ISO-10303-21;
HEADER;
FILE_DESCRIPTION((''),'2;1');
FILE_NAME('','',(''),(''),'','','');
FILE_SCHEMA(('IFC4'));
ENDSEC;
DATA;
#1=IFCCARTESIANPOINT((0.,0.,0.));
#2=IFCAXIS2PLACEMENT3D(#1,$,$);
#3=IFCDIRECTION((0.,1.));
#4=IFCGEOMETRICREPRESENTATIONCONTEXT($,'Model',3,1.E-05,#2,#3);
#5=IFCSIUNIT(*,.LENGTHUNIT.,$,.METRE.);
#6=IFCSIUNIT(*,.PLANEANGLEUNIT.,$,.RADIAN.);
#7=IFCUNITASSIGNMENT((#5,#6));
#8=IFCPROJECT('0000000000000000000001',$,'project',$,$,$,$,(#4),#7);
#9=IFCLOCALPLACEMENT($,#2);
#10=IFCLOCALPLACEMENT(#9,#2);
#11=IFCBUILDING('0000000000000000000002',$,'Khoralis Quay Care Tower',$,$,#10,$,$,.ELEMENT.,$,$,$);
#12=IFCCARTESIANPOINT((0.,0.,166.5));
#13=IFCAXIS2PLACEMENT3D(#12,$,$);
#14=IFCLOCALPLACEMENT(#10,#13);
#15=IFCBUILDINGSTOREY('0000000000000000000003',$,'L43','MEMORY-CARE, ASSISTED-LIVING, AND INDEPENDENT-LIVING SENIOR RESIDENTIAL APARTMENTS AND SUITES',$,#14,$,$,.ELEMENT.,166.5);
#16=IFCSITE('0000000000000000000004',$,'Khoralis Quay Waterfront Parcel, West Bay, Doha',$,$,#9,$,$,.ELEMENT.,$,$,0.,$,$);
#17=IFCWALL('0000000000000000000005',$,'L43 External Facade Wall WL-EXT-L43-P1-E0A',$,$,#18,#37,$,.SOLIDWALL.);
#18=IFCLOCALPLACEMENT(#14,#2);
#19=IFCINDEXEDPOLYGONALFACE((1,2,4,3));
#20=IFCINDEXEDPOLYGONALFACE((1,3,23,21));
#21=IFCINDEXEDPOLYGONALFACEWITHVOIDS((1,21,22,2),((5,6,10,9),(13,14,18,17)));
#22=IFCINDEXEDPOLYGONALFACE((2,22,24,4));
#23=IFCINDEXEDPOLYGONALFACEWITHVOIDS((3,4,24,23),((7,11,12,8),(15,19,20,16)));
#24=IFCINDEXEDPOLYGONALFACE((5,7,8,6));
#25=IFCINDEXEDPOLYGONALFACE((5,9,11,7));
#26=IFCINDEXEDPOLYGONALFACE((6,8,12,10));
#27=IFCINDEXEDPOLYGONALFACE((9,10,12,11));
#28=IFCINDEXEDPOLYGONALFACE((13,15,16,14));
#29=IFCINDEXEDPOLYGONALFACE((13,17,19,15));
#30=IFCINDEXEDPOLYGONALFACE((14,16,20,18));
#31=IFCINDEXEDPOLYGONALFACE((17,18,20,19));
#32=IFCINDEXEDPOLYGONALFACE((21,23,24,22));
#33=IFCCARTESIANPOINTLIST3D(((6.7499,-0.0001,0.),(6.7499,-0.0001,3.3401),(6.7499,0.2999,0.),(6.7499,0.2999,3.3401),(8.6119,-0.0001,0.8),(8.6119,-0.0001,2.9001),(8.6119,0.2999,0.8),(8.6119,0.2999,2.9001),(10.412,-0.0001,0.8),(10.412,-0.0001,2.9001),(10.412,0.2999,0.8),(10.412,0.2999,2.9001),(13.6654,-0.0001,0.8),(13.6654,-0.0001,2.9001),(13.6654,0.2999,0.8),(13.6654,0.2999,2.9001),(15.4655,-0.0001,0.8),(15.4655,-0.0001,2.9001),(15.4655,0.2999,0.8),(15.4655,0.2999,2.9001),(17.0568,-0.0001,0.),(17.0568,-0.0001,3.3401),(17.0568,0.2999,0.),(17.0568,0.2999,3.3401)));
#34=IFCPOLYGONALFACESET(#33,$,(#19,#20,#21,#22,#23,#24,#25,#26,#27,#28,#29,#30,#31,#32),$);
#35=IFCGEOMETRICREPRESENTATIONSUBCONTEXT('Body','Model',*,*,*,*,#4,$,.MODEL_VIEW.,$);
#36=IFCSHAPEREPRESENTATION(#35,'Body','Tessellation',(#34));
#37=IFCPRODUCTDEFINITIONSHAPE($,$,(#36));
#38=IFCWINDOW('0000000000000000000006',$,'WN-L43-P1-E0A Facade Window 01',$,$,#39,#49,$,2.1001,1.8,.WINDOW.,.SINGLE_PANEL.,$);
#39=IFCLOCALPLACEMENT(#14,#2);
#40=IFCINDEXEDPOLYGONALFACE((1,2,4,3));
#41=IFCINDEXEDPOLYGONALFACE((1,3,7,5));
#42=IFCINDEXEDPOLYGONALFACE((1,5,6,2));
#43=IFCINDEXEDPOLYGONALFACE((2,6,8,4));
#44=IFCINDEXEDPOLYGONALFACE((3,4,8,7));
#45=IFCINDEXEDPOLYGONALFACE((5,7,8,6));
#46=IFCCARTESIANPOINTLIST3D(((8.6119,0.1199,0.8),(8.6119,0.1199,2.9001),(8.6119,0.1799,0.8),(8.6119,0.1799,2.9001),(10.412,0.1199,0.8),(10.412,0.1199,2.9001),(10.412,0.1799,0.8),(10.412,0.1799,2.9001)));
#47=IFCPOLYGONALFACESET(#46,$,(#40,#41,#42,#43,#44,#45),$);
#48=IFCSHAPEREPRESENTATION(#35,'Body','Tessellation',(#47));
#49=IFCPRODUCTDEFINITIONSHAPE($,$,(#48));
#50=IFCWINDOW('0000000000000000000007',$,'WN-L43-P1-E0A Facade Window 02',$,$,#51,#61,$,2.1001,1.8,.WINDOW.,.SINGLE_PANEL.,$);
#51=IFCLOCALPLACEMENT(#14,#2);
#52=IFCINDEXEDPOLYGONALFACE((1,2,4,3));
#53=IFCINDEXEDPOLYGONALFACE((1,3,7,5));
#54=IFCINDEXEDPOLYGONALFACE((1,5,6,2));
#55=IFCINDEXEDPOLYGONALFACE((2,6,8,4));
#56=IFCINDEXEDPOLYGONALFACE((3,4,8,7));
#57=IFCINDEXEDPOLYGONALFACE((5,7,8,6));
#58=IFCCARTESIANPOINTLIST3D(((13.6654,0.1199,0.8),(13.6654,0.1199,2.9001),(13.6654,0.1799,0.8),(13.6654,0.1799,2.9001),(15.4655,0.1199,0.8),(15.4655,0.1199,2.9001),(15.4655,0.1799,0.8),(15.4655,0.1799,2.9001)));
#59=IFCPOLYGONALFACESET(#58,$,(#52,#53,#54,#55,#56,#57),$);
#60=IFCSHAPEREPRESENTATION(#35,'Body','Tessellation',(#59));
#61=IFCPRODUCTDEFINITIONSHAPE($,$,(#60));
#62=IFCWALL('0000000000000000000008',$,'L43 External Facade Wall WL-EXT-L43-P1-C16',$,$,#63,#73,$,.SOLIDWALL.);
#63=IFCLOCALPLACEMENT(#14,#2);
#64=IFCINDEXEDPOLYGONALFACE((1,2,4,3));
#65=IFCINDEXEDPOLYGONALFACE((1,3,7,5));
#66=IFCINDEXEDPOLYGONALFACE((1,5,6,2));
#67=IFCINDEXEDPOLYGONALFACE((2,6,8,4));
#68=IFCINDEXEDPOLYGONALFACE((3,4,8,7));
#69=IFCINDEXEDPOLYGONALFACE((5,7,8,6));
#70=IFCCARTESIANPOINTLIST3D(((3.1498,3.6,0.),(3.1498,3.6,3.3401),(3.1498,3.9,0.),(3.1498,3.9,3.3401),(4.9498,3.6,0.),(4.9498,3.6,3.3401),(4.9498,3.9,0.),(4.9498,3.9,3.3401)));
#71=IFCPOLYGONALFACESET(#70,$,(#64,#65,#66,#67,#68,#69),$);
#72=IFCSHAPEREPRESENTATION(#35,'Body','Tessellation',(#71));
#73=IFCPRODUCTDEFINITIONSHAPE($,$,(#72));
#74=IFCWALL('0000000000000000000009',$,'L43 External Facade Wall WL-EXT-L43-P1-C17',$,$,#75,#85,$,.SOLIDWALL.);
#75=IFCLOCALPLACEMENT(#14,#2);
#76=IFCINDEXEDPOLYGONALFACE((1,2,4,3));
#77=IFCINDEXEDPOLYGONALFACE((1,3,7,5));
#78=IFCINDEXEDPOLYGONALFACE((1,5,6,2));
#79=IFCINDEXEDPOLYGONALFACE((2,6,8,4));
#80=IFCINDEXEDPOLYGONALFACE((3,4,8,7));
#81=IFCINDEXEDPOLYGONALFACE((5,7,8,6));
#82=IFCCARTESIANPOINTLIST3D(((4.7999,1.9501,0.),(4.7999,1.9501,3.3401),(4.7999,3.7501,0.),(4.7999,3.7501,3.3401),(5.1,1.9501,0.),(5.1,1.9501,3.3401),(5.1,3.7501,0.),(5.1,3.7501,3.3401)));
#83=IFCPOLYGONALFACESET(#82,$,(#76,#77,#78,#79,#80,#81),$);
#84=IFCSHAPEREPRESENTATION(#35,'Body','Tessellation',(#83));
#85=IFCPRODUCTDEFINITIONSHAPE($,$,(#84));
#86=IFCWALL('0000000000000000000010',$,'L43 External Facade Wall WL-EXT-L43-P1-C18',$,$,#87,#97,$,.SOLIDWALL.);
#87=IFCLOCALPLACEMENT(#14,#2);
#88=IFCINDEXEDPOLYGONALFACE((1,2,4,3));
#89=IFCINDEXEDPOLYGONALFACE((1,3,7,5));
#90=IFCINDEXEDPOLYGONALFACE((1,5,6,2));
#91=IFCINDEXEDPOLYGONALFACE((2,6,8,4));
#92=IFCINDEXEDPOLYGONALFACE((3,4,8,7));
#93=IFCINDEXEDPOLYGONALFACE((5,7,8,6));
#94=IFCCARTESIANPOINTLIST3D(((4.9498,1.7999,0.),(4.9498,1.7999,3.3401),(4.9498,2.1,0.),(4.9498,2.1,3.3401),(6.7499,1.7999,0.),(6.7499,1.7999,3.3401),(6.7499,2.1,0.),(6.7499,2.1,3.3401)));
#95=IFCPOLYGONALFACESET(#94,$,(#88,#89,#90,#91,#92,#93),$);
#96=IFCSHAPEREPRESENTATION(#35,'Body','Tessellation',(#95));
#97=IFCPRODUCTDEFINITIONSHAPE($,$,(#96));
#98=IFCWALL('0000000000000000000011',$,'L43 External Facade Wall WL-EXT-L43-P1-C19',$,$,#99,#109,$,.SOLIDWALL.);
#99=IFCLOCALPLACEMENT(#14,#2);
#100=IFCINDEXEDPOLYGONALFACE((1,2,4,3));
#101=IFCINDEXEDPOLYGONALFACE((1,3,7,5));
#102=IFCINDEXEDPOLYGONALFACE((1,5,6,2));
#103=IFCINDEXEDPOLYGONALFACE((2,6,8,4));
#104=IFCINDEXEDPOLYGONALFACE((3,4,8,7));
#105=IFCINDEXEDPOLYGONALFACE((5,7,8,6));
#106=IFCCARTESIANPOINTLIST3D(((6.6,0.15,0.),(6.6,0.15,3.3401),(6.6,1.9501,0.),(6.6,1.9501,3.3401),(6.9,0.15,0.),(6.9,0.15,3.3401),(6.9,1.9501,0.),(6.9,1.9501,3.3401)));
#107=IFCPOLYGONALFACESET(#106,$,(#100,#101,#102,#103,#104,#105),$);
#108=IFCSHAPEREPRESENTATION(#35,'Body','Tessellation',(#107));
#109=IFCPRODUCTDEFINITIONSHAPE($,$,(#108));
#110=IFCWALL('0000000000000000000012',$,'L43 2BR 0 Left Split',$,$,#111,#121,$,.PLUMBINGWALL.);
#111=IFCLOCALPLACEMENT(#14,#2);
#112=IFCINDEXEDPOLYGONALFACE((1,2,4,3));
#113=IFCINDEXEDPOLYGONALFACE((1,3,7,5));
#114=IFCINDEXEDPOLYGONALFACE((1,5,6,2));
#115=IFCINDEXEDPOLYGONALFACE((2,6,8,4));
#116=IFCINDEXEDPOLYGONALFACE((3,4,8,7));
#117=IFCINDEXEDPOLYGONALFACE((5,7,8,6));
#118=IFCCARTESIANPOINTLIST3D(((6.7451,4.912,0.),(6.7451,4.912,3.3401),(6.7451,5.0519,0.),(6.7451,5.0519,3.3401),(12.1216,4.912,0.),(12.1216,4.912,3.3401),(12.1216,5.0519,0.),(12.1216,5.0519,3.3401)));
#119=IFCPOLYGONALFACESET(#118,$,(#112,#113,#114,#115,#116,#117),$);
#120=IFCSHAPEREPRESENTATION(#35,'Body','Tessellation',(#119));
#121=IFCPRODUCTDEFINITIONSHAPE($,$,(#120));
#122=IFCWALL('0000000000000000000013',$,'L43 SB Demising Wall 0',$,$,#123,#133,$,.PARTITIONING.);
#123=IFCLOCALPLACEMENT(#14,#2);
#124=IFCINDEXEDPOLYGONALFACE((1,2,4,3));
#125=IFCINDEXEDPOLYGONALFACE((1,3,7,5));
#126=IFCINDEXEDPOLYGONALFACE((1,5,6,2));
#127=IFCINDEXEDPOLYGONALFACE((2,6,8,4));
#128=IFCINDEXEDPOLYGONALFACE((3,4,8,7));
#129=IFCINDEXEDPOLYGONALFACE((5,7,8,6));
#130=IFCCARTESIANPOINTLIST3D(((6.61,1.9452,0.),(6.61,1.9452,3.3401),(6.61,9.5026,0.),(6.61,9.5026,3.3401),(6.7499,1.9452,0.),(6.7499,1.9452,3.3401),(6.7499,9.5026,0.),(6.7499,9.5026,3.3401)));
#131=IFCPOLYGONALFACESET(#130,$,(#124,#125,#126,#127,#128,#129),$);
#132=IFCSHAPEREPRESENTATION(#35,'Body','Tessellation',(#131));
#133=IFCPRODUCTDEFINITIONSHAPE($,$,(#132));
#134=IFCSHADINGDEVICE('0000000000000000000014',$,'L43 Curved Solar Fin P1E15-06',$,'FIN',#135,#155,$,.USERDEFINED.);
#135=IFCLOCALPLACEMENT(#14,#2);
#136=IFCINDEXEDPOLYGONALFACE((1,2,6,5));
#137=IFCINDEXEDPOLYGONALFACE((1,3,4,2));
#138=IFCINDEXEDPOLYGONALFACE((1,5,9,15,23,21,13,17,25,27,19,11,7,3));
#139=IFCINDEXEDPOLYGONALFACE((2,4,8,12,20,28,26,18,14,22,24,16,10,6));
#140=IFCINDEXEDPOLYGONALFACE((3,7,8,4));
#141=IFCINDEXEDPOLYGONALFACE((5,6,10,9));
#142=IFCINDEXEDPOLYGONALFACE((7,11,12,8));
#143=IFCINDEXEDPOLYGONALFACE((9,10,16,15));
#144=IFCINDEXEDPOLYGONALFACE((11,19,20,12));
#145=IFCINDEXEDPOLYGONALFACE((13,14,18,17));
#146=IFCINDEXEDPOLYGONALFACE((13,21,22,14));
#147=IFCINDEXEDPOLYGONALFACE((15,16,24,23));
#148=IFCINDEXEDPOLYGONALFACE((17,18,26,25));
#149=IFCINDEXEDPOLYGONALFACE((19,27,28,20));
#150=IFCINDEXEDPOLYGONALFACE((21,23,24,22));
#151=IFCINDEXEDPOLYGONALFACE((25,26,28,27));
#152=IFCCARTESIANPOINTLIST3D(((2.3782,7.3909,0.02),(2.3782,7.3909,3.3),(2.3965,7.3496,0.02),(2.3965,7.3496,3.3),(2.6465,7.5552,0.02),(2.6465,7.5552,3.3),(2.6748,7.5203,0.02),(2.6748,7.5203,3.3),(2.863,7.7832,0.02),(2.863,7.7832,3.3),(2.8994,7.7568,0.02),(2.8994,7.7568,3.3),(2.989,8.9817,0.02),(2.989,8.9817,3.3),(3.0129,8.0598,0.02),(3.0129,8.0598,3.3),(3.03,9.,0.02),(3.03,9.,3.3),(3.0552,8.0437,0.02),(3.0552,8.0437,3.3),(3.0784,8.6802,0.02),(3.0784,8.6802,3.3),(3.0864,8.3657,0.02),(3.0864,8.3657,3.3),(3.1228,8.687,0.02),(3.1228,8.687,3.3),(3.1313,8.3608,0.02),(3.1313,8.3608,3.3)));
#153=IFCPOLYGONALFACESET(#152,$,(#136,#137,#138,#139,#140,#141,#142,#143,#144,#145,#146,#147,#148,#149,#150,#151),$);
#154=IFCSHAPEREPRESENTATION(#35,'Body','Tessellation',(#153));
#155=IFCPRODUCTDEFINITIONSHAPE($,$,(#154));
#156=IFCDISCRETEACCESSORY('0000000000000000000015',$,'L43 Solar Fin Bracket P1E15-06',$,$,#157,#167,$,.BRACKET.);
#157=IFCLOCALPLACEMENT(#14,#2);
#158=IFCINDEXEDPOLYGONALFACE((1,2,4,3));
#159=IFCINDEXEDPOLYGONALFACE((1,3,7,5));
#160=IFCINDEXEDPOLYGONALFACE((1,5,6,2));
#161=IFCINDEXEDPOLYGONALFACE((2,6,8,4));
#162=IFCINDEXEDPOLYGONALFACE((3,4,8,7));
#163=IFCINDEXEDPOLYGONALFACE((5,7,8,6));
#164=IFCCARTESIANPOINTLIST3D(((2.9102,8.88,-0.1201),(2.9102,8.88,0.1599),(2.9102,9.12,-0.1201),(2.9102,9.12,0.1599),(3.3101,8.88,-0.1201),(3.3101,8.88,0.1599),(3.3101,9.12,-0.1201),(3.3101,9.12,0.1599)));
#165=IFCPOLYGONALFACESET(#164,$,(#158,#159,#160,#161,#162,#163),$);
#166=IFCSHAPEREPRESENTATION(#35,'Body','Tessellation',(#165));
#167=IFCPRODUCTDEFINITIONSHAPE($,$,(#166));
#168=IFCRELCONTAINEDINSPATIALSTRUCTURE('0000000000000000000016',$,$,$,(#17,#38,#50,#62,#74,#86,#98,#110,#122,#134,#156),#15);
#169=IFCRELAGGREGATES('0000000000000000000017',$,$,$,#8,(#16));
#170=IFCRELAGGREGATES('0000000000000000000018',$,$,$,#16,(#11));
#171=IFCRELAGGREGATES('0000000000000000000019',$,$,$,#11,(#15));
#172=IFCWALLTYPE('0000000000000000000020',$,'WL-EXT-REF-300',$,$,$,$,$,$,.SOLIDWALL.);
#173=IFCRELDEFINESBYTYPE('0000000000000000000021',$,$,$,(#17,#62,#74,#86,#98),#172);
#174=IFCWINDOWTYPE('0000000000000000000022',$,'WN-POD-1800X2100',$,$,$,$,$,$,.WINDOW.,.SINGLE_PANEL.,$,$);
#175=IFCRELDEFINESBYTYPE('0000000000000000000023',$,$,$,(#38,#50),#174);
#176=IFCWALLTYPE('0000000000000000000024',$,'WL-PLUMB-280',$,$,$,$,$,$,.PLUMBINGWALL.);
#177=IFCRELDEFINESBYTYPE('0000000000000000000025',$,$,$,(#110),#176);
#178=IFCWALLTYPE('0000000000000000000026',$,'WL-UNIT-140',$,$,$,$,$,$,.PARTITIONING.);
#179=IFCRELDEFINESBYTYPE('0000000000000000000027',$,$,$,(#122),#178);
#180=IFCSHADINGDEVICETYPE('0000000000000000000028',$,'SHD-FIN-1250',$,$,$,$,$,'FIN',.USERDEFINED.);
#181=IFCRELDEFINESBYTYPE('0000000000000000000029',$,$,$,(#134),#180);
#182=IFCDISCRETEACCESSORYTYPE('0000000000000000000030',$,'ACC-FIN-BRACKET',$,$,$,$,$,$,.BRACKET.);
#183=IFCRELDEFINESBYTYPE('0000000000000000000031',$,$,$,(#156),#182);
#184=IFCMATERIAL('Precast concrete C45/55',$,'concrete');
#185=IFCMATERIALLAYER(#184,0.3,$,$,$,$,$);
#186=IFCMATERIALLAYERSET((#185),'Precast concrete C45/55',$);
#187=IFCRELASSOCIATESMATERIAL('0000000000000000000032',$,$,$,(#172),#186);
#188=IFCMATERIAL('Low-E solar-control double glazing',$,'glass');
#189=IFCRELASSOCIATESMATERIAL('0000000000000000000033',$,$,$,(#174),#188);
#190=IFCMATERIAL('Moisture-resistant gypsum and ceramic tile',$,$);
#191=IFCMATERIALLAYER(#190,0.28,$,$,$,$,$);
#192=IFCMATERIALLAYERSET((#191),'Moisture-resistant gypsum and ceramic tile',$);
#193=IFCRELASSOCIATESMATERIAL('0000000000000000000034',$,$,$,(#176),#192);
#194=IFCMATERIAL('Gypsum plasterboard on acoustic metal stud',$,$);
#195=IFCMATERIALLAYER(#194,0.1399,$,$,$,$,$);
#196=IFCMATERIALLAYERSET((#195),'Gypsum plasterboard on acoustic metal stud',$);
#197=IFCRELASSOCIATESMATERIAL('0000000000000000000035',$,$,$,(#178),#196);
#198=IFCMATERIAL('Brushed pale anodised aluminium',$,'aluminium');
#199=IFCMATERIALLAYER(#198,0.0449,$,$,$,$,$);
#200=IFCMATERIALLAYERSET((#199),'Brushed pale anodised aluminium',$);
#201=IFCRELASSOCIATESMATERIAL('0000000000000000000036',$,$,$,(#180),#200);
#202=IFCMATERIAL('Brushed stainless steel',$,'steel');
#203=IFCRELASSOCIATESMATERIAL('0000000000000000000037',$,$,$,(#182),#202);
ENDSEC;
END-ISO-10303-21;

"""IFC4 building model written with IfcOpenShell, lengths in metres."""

from ifc_helpers import new_model, si_unit, direction, frame, frame_2d, origin, origin_2d, place, context, subcontext, project, spatial, polyline, rectangle, outline, extrude, source, transform, mapped, material, layer, layer_set, type_object, element, fill, save


model = new_model("IFC4")

# Units and contexts
model_context = context("Model", 3, precision=1e-05, world=origin(), true_north=direction((0.0, 1.0)))
body_context = subcontext(model_context, "Body", "Model", "MODEL_VIEW")
ifc_project = project(units=[si_unit("LENGTHUNIT", "METRE"), si_unit("PLANEANGLEUNIT", "RADIAN")], contexts=[model_context])

# Site, building, storey
site_placement = place(None, origin())
site = spatial("IfcSite", under=ifc_project, at=site_placement, Name="Khoralis Quay Waterfront Parcel, West Bay, Doha", CompositionType="ELEMENT", RefElevation=0.0)
building_placement = place(site_placement, origin())
building = spatial("IfcBuilding", under=site, at=building_placement, Name="Khoralis Quay Care Tower", CompositionType="ELEMENT")
storey_placement = place(building_placement, frame((0.0, 0.0, 166.5)))
storey = spatial("IfcBuildingStorey", under=building, at=storey_placement, Name="L43", Description="MEMORY-CARE, ASSISTED-LIVING, AND INDEPENDENT-LIVING SENIOR RESIDENTIAL APARTMENTS AND SUITES", CompositionType="ELEMENT", Elevation=166.5)

# Shared definitions
ifc_material_1 = material(Name="Precast concrete C45/55", Category="concrete")

# Shared definitions
ifc_material_2 = material(Name="Gypsum plasterboard on acoustic metal stud")

# Wall, openings, windows
ifc_layer_1 = layer(ifc_material_1, 0.3)
ifc_layer_set_1 = layer_set([ifc_layer_1], Name="Precast concrete C45/55")
wall_type_1 = type_object("IfcWallType", Name="WL-EXT-REF-300", PredefinedType="SOLIDWALL", material=ifc_layer_set_1)
wall_1_placement = place(storey_placement, frame((6.75, 0.1499, 0.0), z_axis=(0.0, 0.0, 1.0), x_axis=(1.0, 0.0, 0.0)))
wall_1 = element("IfcWall", 1, at=wall_1_placement, inside=storey, type_object=wall_type_1, Name="L43 External Facade Wall WL-EXT-L43-P1-E0A", PredefinedType="SOLIDWALL", context=body_context, shape_type="SweptSolid", body=[
    extrude(rectangle(XDim=10.3069, YDim=0.3, at=frame_2d((5.1533, 0.0))), origin(), (0.0, 0.0, 1.0), 3.3401),
])
opening_1_placement = place(wall_1_placement, frame((1.8621, 0.0, 0.8)))
opening_1 = element("IfcOpeningElement", 2, at=opening_1_placement, cuts=wall_1, PredefinedType="OPENING", context=body_context, shape_type="SweptSolid", body=[
    extrude(rectangle(XDim=1.8, YDim=2.1001, at=frame_2d((0.8999, 1.05))), frame((0.0, 0.1602, 0.0), z_axis=(0.0, -1.0, 0.0), x_axis=(1.0, 0.0, 0.0)), (0.0, 0.0, 1.0), 0.3201),
])
opening_2_placement = place(wall_1_placement, frame((6.9155, 0.0, 0.8)))
opening_2 = element("IfcOpeningElement", 3, at=opening_2_placement, cuts=wall_1, PredefinedType="OPENING", context=body_context, shape_type="SweptSolid", body=[
    extrude(rectangle(XDim=1.8, YDim=2.1001, at=frame_2d((0.8999, 1.05))), frame((0.0, 0.1602, 0.0), z_axis=(0.0, -1.0, 0.0), x_axis=(1.0, 0.0, 0.0)), (0.0, 0.0, 1.0), 0.3201),
])
ifc_material_3 = material(Name="Low-E solar-control double glazing", Category="glass")
window_type = type_object("IfcWindowType", Name="WN-POD-1800X2100", PartitioningType="SINGLE_PANEL", PredefinedType="WINDOW", material=ifc_material_3)
shared_shape_1 = source(origin(), body_context, "Body", "SweptSolid", [
    extrude(rectangle(XDim=1.8, YDim=2.1001, at=frame_2d((0.8999, 1.05))), frame((0.0, 0.03, 0.0), z_axis=(0.0, -1.0, 0.0), x_axis=(1.0, 0.0, 0.0)), (0.0, 0.0, 1.0), 0.0601),
])
window_1_placement = place(opening_1_placement, origin())
window_1 = element("IfcWindow", 4, at=window_1_placement, inside=storey, type_object=window_type, Name="WN-L43-P1-E0A Facade Window 01", OverallHeight=2.1001, OverallWidth=1.8, PartitioningType="SINGLE_PANEL", PredefinedType="WINDOW", context=body_context, shape_type="MappedRepresentation", body=[
    mapped(shared_shape_1, transform((0.0, 0.0, 0.0), scale=1.0)),
])
fill(opening_1, window_1)
window_2_placement = place(opening_2_placement, origin())
window_2 = element("IfcWindow", 5, at=window_2_placement, inside=storey, type_object=window_type, Name="WN-L43-P1-E0A Facade Window 02", OverallHeight=2.1001, OverallWidth=1.8, PartitioningType="SINGLE_PANEL", PredefinedType="WINDOW", context=body_context, shape_type="MappedRepresentation", body=[
    mapped(shared_shape_1, transform((0.0, 0.0, 0.0), scale=1.0)),
])
fill(opening_2, window_2)

# Walls
for number, where, z_axis, x_axis, name in (
    (6, (3.1499, 3.75, 0.0), (0.0, 0.0, 1.0), (1.0, 0.0, 0.0), "L43 External Facade Wall WL-EXT-L43-P1-C16"),
    (7, (4.95, 3.75, 0.0), (0.0, 0.0, 1.0), (0.0, -1.0, 0.0), "L43 External Facade Wall WL-EXT-L43-P1-C17"),
    (8, (4.95, 1.95, 0.0), (0.0, 0.0, 1.0), (1.0, 0.0, 0.0), "L43 External Facade Wall WL-EXT-L43-P1-C18"),
    (9, (6.75, 1.95, 0.0), (0.0, 0.0, 1.0), (0.0, -1.0, 0.0), "L43 External Facade Wall WL-EXT-L43-P1-C19"),
):
    element("IfcWall", number, at=place(storey_placement, frame(where, z_axis=z_axis, x_axis=x_axis)), inside=storey, type_object=wall_type_1, Name=name, PredefinedType="SOLIDWALL", context=body_context, shape_type="SweptSolid", body=[
        extrude(rectangle(XDim=1.8, YDim=0.3, at=frame_2d((0.8999, 0.0))), origin(), (0.0, 0.0, 1.0), 3.3401),
    ])
ifc_material_4 = material(Name="Moisture-resistant gypsum and ceramic tile")
ifc_layer_2 = layer(ifc_material_4, 0.28)
ifc_layer_set_2 = layer_set([ifc_layer_2], Name="Moisture-resistant gypsum and ceramic tile")
wall_type_2 = type_object("IfcWallType", Name="WL-PLUMB-280", PredefinedType="PLUMBINGWALL", material=ifc_layer_set_2)
wall_2_placement = place(storey_placement, frame((6.7451, 4.9819, 0.0), z_axis=(0.0, 0.0, 1.0), x_axis=(1.0, 0.0, 0.0)))
element("IfcWall", 10, at=wall_2_placement, inside=storey, type_object=wall_type_2, Name="L43 2BR 0 Left Split", PredefinedType="PLUMBINGWALL", context=body_context, shape_type="SweptSolid", body=[
    extrude(rectangle(XDim=5.3765, YDim=0.1399, at=frame_2d((2.6882, 0.0))), origin(), (0.0, 0.0, 1.0), 3.3401),
])
ifc_layer_3 = layer(ifc_material_2, 0.1399)
ifc_layer_set_3 = layer_set([ifc_layer_3], Name="Gypsum plasterboard on acoustic metal stud")
wall_type_3 = type_object("IfcWallType", Name="WL-UNIT-140", PredefinedType="PARTITIONING", material=ifc_layer_set_3)
wall_3_placement = place(storey_placement, frame((6.6799, 1.9451, 0.0), z_axis=(0.0, 0.0, 1.0), x_axis=(0.0, 1.0, 0.0)))
element("IfcWall", 11, at=wall_3_placement, inside=storey, type_object=wall_type_3, Name="L43 SB Demising Wall 0", PredefinedType="PARTITIONING", context=body_context, shape_type="SweptSolid", body=[
    extrude(rectangle(XDim=7.5574, YDim=0.1399, at=frame_2d((3.7788, 0.0))), origin(), (0.0, 0.0, 1.0), 3.3401),
])

# Shading device
ifc_material_5 = material(Name="Brushed pale anodised aluminium", Category="aluminium")
ifc_layer_4 = layer(ifc_material_5, 0.0449)
ifc_layer_set_4 = layer_set([ifc_layer_4], Name="Brushed pale anodised aluminium")
shading_device_type = type_object("IfcShadingDeviceType", Name="SHD-FIN-1250", ElementType="FIN", PredefinedType="USERDEFINED", material=ifc_layer_set_4)
shared_shape_2 = source(origin(), body_context, "Body", "SweptSolid", [
    extrude(outline(polyline([(0.0, 0.0), (-0.0928, 0.313), (-0.1013, 0.6392), (-0.0251, 0.9563), (0.1306, 1.2432), (0.3552, 1.4797), (0.6335, 1.6504), (0.6519, 1.6091), (0.3835, 1.4448), (0.167, 1.2168), (0.0171, 0.9402), (-0.0564, 0.6343), (-0.0483, 0.3198), (0.041, 0.0183), (0.0, 0.0)])), origin(), (0.0, 0.0, 1.0), 3.28),
])
shading_device_placement = place(storey_placement, frame((3.03, 9.0, 0.02), z_axis=(0.0, 0.0, 1.0), x_axis=(-1.0, 0.0, 0.0)))
element("IfcShadingDevice", 12, at=shading_device_placement, inside=storey, type_object=shading_device_type, Name="L43 Curved Solar Fin P1E15-06", ObjectType="FIN", PredefinedType="USERDEFINED", context=body_context, shape_type="MappedRepresentation", body=[
    mapped(shared_shape_2, transform((0.0, 0.0, 0.0), scale=1.0)),
])

# Discrete accessory
ifc_material_6 = material(Name="Brushed stainless steel", Category="steel")
discrete_accessory_type = type_object("IfcDiscreteAccessoryType", Name="ACC-FIN-BRACKET", PredefinedType="BRACKET", material=ifc_material_6)
shared_shape_3 = source(origin(), body_context, "Body", "SweptSolid", [
    extrude(rectangle(XDim=0.3999, YDim=0.24, at=origin_2d()), origin(), (0.0, 0.0, 1.0), 0.28),
])
discrete_accessory_placement = place(storey_placement, frame((3.1101, 9.0, -0.1201), z_axis=(0.0, 0.0, 1.0), x_axis=(-1.0, 0.0, 0.0)))
element("IfcDiscreteAccessory", 13, at=discrete_accessory_placement, inside=storey, type_object=discrete_accessory_type, Name="L43 Solar Fin Bracket P1E15-06", PredefinedType="BRACKET", context=body_context, shape_type="MappedRepresentation", body=[
    mapped(shared_shape_3, transform((0.0, 0.0, 0.0), scale=1.0)),
])

save(model, "model.ifc")
